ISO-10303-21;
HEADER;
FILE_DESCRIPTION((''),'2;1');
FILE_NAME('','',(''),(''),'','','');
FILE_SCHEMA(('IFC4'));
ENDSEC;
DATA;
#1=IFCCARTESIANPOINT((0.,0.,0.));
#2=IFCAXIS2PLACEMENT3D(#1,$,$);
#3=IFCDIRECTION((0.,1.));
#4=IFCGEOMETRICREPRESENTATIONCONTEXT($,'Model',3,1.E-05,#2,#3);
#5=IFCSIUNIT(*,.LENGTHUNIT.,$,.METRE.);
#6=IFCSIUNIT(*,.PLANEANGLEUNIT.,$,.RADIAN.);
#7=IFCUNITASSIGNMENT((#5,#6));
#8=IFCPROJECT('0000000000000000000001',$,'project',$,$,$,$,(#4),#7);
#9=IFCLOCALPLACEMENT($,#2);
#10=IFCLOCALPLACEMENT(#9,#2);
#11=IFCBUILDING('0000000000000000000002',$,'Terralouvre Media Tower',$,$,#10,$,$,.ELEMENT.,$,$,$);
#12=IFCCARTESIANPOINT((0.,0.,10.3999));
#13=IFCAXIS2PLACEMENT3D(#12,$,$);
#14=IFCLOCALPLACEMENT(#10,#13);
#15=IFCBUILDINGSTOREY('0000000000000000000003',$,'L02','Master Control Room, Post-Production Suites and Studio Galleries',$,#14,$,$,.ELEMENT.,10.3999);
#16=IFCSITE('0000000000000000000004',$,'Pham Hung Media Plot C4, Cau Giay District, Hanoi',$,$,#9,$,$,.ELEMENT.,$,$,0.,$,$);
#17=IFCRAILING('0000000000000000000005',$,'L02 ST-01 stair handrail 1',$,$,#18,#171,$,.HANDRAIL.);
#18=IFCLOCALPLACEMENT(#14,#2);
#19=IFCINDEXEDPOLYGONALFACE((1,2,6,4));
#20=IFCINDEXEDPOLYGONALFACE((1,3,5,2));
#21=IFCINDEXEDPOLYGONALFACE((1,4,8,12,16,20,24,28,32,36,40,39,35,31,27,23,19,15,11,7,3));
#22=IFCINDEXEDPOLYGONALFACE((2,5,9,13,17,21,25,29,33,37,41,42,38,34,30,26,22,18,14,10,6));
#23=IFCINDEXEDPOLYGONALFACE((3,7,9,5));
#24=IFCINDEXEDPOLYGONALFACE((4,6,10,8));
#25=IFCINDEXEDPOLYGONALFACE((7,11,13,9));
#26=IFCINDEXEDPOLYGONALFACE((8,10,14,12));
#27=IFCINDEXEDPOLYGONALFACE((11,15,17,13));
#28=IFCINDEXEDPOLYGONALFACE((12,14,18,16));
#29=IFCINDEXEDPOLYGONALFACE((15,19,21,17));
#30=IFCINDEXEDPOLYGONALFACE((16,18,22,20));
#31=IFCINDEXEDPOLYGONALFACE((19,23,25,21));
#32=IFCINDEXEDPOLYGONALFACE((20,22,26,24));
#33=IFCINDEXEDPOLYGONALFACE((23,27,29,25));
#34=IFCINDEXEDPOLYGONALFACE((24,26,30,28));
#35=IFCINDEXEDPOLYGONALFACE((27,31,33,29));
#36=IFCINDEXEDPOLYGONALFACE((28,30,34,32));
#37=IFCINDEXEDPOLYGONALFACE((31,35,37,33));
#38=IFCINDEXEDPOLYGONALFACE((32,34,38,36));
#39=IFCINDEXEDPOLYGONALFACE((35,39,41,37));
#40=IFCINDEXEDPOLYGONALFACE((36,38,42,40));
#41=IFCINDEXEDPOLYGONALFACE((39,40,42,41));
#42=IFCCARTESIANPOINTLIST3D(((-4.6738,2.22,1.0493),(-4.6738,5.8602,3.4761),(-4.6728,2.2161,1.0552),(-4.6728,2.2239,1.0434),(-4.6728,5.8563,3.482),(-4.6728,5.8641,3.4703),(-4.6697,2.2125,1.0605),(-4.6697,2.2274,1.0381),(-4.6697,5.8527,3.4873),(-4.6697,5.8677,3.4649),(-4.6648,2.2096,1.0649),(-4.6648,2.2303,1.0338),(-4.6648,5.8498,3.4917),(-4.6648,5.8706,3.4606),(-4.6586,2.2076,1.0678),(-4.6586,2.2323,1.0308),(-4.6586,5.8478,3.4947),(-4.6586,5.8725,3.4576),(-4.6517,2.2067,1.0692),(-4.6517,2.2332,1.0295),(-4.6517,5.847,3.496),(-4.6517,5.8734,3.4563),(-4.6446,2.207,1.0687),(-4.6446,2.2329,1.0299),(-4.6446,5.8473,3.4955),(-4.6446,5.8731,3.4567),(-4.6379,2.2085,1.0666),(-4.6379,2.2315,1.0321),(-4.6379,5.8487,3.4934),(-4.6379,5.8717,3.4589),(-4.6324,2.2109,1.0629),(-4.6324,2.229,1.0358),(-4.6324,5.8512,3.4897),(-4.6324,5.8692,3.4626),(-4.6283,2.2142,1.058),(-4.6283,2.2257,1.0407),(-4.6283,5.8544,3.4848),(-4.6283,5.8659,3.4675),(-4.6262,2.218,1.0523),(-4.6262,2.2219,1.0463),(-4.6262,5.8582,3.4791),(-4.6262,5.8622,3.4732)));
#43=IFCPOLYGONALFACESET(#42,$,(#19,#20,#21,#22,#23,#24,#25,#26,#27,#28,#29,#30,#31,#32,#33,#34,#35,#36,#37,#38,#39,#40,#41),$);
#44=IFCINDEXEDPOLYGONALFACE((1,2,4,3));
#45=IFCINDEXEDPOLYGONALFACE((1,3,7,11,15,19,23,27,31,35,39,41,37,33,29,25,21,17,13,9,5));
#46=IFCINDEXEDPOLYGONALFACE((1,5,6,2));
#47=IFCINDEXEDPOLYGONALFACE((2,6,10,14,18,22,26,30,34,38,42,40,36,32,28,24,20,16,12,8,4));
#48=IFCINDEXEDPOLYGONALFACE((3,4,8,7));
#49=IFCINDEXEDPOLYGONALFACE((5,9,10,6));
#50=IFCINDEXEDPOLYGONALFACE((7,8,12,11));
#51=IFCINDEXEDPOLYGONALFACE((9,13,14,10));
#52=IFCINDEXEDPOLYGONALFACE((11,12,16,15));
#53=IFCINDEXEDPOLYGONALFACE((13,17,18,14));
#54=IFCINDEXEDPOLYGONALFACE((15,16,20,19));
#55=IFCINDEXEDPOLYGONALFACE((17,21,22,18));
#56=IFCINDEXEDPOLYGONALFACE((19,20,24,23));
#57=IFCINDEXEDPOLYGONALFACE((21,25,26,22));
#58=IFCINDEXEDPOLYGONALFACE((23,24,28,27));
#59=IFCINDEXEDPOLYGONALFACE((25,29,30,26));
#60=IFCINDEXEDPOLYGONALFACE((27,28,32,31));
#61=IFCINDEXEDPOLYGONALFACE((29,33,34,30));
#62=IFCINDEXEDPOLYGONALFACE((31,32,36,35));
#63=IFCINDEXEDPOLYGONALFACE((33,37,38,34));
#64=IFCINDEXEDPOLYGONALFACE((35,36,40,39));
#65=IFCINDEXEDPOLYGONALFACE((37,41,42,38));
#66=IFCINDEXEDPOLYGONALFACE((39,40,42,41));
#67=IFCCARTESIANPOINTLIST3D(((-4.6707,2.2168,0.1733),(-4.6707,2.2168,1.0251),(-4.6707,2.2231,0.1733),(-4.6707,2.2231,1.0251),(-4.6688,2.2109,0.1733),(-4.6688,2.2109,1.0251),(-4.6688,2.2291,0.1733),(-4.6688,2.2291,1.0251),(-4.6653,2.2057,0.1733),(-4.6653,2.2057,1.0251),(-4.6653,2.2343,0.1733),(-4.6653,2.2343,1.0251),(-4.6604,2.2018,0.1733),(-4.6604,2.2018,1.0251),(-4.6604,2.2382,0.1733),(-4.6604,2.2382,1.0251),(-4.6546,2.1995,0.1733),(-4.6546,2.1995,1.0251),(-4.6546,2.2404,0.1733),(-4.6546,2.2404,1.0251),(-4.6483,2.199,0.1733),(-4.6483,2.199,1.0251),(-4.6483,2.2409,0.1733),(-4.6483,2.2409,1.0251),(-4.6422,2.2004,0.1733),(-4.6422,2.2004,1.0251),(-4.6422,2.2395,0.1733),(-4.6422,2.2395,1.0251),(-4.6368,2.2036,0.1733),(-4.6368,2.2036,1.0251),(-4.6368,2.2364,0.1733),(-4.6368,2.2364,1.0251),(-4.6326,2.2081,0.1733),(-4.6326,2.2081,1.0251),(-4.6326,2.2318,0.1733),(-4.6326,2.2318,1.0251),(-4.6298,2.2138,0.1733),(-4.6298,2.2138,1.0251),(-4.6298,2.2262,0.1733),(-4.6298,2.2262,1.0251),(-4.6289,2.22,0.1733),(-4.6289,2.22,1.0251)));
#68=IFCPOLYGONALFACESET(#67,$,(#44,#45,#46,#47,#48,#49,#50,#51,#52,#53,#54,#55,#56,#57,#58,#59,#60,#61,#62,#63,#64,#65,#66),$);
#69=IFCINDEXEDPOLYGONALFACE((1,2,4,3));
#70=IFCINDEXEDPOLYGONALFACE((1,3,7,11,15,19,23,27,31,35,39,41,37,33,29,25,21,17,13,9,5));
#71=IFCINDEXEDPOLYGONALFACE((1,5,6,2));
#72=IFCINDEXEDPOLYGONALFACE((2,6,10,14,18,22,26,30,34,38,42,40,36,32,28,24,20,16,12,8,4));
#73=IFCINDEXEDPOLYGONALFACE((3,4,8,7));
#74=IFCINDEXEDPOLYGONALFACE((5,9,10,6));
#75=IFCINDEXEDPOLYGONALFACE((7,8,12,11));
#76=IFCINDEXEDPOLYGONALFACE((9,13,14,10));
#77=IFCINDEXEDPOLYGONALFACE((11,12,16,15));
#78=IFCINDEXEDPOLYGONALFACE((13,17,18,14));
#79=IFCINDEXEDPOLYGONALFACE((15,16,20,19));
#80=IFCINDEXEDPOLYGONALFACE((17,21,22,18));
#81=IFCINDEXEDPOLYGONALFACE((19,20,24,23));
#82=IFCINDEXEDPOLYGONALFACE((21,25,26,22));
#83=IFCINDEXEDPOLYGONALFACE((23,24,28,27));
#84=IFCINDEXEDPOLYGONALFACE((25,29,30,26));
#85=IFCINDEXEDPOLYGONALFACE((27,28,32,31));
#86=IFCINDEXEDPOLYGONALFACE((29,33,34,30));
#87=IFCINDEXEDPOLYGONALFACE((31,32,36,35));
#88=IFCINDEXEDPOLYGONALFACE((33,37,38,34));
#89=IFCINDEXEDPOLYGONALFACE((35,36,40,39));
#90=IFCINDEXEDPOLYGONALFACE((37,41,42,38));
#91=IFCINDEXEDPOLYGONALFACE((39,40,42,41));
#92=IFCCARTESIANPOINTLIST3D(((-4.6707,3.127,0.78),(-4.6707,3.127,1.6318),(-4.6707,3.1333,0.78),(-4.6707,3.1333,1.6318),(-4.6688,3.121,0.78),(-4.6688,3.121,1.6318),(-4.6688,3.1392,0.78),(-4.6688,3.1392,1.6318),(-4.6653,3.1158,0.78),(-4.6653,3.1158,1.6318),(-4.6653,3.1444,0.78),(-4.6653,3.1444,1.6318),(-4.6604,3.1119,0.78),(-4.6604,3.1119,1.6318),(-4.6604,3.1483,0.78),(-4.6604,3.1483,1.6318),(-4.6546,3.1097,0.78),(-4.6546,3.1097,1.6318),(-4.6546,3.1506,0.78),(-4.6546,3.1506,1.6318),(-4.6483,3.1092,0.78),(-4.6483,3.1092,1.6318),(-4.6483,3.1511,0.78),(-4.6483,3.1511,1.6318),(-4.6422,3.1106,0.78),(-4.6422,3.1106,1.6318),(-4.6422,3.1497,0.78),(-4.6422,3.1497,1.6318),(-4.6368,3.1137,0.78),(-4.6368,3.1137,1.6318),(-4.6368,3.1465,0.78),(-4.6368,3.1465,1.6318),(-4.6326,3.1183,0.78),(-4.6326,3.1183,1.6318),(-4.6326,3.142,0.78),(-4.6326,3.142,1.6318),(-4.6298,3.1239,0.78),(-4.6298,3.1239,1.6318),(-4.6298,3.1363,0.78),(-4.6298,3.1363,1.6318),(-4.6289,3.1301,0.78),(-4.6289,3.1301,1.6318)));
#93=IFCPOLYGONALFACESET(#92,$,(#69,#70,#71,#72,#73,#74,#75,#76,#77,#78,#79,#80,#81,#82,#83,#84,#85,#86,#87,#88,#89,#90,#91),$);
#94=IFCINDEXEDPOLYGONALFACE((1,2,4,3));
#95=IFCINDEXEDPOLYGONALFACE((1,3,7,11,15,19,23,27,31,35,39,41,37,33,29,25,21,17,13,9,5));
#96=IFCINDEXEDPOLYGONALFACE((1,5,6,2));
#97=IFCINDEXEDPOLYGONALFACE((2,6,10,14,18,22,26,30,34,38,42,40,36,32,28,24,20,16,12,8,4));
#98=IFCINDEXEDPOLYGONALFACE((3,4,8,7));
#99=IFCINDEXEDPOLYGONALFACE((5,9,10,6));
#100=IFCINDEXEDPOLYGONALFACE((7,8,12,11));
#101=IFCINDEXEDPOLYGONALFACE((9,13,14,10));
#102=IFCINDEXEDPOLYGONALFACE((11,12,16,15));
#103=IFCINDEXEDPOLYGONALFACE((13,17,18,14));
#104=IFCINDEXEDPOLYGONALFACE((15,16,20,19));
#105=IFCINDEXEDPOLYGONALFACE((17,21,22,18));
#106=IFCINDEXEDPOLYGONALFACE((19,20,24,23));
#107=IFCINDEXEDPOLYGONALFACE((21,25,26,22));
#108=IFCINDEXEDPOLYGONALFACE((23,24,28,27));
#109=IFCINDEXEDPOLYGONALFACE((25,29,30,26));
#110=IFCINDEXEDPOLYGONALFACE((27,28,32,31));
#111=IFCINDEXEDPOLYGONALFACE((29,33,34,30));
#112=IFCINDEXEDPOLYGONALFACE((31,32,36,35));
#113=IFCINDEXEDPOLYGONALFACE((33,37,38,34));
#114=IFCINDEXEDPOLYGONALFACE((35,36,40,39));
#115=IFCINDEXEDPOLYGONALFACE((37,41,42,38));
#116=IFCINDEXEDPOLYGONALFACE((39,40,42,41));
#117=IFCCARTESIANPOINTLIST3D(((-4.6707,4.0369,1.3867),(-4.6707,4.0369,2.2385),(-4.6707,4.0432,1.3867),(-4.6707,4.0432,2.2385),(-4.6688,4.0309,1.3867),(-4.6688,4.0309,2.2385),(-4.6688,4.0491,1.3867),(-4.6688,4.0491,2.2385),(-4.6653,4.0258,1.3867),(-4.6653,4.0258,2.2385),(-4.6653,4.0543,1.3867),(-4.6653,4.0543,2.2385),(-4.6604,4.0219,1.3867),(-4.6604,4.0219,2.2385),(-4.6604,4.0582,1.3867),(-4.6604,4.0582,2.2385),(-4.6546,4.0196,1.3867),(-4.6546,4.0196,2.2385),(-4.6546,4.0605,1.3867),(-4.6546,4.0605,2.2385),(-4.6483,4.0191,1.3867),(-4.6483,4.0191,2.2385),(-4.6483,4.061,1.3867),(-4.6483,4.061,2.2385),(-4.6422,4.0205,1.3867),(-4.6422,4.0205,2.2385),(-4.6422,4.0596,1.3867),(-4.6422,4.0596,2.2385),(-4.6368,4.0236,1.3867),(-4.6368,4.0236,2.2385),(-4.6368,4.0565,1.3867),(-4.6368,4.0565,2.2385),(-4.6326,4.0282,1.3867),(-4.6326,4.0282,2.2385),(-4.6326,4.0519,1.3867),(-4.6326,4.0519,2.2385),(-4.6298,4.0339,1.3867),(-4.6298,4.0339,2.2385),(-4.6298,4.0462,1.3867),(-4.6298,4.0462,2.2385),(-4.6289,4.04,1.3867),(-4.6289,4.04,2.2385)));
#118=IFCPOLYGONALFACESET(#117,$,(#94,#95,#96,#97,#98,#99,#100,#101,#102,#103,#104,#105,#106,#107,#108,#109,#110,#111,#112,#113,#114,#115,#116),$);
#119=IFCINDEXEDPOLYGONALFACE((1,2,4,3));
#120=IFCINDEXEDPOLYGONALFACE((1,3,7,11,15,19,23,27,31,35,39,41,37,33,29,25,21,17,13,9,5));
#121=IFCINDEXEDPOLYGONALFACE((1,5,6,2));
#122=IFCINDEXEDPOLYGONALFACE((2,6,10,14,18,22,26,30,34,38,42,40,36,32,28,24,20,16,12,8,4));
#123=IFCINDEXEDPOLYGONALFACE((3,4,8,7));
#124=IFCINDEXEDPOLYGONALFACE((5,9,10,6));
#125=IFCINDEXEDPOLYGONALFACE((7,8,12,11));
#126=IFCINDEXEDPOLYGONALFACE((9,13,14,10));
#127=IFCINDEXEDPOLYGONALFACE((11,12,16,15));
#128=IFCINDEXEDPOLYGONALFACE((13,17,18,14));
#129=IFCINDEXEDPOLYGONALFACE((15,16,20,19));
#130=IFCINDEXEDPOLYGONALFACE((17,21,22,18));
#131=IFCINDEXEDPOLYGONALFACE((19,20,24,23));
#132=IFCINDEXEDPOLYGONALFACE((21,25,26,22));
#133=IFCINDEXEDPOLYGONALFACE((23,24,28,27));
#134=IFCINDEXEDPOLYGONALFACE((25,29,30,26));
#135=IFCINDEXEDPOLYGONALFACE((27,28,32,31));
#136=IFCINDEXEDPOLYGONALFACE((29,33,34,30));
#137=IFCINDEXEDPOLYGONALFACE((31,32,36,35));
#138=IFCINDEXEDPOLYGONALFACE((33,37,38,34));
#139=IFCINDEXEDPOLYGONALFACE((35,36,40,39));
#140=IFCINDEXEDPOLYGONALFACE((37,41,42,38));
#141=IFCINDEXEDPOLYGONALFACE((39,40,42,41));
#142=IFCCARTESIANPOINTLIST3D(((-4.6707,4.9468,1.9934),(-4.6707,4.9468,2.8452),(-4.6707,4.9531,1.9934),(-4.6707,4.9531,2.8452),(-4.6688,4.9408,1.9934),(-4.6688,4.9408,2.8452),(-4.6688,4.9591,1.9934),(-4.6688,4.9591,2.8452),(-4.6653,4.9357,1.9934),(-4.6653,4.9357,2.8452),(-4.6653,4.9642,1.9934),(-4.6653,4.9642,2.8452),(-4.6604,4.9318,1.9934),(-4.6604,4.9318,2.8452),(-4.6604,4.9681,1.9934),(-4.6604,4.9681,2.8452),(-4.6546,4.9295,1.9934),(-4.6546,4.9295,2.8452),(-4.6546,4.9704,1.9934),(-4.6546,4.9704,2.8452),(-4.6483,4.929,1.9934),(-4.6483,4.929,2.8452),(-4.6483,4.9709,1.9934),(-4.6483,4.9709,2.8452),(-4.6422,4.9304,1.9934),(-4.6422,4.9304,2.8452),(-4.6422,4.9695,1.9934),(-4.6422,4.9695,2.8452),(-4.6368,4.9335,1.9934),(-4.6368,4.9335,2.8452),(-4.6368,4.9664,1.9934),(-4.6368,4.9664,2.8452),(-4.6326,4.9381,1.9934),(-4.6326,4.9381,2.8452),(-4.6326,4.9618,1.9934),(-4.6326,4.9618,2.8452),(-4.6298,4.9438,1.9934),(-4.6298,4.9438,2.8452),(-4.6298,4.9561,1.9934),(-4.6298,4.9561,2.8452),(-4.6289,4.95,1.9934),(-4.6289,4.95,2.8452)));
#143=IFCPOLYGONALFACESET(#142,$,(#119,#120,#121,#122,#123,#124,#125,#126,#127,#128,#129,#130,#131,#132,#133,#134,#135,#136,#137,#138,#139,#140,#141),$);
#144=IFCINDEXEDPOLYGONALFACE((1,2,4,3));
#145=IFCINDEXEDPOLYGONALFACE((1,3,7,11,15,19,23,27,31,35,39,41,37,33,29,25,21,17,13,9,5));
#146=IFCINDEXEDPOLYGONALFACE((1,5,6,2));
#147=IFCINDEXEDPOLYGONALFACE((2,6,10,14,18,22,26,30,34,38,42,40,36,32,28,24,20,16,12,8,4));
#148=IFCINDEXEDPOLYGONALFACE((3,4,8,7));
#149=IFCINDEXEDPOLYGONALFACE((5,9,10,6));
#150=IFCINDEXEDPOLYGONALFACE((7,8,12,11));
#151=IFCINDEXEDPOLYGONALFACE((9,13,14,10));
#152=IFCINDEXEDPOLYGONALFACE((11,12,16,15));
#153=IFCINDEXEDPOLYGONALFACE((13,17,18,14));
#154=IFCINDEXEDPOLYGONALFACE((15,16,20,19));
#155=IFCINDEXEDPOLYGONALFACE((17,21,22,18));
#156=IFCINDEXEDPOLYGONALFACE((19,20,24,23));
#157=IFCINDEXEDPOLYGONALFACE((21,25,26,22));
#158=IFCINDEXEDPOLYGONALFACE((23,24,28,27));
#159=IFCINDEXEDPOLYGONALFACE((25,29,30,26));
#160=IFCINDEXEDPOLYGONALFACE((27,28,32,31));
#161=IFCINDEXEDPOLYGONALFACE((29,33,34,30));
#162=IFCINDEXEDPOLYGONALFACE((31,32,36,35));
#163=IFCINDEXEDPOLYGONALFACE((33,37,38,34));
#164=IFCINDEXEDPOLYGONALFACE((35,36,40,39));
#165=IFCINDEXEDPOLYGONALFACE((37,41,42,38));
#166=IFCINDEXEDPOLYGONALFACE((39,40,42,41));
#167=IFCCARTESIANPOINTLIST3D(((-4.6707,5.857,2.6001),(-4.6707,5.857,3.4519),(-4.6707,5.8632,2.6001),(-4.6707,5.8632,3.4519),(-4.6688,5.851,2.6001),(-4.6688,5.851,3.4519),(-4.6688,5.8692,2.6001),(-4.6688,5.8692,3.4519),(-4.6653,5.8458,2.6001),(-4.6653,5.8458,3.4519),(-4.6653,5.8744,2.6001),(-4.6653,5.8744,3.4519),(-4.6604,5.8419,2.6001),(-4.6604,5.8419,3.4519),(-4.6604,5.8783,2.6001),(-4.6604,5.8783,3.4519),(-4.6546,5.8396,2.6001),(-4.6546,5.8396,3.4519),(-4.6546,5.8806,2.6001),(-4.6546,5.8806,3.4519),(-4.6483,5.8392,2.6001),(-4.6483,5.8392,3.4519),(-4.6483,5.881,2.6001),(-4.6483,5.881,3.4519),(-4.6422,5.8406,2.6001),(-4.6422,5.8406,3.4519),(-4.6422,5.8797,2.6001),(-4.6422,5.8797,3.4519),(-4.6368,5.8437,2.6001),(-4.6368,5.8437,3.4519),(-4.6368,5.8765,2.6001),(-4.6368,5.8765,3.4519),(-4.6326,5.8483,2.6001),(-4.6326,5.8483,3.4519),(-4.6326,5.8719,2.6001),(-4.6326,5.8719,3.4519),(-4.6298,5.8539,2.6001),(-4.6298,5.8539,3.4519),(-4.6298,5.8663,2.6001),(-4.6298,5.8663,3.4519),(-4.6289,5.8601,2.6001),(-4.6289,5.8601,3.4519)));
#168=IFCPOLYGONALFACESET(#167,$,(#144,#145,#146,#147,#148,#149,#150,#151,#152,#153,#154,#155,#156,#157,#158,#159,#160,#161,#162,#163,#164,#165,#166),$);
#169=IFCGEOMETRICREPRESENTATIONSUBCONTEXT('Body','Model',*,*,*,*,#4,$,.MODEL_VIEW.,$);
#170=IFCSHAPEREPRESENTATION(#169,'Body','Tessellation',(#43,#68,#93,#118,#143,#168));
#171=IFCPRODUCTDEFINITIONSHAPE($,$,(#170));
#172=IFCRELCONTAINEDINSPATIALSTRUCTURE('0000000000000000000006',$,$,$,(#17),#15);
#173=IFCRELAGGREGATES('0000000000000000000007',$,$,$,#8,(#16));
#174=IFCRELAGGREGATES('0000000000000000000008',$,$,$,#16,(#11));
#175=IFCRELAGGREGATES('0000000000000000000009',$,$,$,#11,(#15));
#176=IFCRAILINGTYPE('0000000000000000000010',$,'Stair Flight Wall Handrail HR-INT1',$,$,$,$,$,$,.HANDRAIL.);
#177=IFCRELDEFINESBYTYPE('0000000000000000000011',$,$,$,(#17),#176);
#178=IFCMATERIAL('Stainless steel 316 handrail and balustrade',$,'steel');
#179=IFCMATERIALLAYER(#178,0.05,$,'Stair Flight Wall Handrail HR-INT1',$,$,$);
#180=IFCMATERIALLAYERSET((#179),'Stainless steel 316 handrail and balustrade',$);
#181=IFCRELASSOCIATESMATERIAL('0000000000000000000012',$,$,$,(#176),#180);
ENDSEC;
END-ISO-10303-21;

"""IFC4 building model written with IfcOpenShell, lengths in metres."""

from ifc_helpers import new_model, si_unit, direction, frame, origin, origin_2d, place, context, subcontext, project, spatial, circle, extrude, material, layer, layer_set, type_object, element, save


model = new_model("IFC4")

# Units and contexts
model_context = context("Model", 3, precision=1e-05, world=origin(), true_north=direction((0.0, 1.0)))
body_context = subcontext(model_context, "Body", "Model", "MODEL_VIEW")
ifc_project = project(units=[si_unit("LENGTHUNIT", "METRE"), si_unit("PLANEANGLEUNIT", "RADIAN")], contexts=[model_context])

# Site, building, storey
site_placement = place(None, origin())
site = spatial("IfcSite", under=ifc_project, at=site_placement, Name="Pham Hung Media Plot C4, Cau Giay District, Hanoi", CompositionType="ELEMENT", RefElevation=0.0)
building_placement = place(site_placement, origin())
building = spatial("IfcBuilding", under=site, at=building_placement, Name="Terralouvre Media Tower", CompositionType="ELEMENT")
storey_placement = place(building_placement, frame((0.0, 0.0, 10.3999)))
storey = spatial("IfcBuildingStorey", under=building, at=storey_placement, Name="L02", Description="Master Control Room, Post-Production Suites and Studio Galleries", CompositionType="ELEMENT", Elevation=10.3999)

# Railing
ifc_material_1 = material(Name="Stainless steel 316 handrail and balustrade", Category="steel")
ifc_layer_1 = layer(ifc_material_1, 0.05, Name="Stair Flight Wall Handrail HR-INT1")
ifc_layer_set_1 = layer_set([ifc_layer_1], Name="Stainless steel 316 handrail and balustrade")
railing_type_1 = type_object("IfcRailingType", Name="Stair Flight Wall Handrail HR-INT1", PredefinedType="HANDRAIL", material=ifc_layer_set_1)
railing_1_placement = place(storey_placement, frame((-4.6499, 2.22, 0.1733)))
element("IfcRailing", 1, at=railing_1_placement, inside=storey, type_object=railing_type_1, Name="L02 ST-01 stair handrail 1", PredefinedType="HANDRAIL", context=body_context, shape_type="SweptSolid", body=[
    extrude(circle(Radius=0.0239, at=origin_2d()), frame((0.0, 0.0, 0.876), z_axis=(0.0, 0.83205, 0.5547), x_axis=(-1.0, 0.0, 0.0)), (0.0, 0.0, 1.0), 4.375),
    extrude(circle(Radius=0.021, at=origin_2d()), origin(), (0.0, 0.0, 1.0), 0.8518),
    extrude(circle(Radius=0.021, at=origin_2d()), frame((0.0, 0.9102, 0.6067)), (0.0, 0.0, 1.0), 0.8518),
    extrude(circle(Radius=0.021, at=origin_2d()), frame((0.0, 1.8201, 1.2134)), (0.0, 0.0, 1.0), 0.8518),
    extrude(circle(Radius=0.021, at=origin_2d()), frame((0.0, 2.73, 1.8201)), (0.0, 0.0, 1.0), 0.8518),
    extrude(circle(Radius=0.021, at=origin_2d()), frame((0.0, 3.6401, 2.4268)), (0.0, 0.0, 1.0), 0.8518),
])

save(model, "model.ifc")
